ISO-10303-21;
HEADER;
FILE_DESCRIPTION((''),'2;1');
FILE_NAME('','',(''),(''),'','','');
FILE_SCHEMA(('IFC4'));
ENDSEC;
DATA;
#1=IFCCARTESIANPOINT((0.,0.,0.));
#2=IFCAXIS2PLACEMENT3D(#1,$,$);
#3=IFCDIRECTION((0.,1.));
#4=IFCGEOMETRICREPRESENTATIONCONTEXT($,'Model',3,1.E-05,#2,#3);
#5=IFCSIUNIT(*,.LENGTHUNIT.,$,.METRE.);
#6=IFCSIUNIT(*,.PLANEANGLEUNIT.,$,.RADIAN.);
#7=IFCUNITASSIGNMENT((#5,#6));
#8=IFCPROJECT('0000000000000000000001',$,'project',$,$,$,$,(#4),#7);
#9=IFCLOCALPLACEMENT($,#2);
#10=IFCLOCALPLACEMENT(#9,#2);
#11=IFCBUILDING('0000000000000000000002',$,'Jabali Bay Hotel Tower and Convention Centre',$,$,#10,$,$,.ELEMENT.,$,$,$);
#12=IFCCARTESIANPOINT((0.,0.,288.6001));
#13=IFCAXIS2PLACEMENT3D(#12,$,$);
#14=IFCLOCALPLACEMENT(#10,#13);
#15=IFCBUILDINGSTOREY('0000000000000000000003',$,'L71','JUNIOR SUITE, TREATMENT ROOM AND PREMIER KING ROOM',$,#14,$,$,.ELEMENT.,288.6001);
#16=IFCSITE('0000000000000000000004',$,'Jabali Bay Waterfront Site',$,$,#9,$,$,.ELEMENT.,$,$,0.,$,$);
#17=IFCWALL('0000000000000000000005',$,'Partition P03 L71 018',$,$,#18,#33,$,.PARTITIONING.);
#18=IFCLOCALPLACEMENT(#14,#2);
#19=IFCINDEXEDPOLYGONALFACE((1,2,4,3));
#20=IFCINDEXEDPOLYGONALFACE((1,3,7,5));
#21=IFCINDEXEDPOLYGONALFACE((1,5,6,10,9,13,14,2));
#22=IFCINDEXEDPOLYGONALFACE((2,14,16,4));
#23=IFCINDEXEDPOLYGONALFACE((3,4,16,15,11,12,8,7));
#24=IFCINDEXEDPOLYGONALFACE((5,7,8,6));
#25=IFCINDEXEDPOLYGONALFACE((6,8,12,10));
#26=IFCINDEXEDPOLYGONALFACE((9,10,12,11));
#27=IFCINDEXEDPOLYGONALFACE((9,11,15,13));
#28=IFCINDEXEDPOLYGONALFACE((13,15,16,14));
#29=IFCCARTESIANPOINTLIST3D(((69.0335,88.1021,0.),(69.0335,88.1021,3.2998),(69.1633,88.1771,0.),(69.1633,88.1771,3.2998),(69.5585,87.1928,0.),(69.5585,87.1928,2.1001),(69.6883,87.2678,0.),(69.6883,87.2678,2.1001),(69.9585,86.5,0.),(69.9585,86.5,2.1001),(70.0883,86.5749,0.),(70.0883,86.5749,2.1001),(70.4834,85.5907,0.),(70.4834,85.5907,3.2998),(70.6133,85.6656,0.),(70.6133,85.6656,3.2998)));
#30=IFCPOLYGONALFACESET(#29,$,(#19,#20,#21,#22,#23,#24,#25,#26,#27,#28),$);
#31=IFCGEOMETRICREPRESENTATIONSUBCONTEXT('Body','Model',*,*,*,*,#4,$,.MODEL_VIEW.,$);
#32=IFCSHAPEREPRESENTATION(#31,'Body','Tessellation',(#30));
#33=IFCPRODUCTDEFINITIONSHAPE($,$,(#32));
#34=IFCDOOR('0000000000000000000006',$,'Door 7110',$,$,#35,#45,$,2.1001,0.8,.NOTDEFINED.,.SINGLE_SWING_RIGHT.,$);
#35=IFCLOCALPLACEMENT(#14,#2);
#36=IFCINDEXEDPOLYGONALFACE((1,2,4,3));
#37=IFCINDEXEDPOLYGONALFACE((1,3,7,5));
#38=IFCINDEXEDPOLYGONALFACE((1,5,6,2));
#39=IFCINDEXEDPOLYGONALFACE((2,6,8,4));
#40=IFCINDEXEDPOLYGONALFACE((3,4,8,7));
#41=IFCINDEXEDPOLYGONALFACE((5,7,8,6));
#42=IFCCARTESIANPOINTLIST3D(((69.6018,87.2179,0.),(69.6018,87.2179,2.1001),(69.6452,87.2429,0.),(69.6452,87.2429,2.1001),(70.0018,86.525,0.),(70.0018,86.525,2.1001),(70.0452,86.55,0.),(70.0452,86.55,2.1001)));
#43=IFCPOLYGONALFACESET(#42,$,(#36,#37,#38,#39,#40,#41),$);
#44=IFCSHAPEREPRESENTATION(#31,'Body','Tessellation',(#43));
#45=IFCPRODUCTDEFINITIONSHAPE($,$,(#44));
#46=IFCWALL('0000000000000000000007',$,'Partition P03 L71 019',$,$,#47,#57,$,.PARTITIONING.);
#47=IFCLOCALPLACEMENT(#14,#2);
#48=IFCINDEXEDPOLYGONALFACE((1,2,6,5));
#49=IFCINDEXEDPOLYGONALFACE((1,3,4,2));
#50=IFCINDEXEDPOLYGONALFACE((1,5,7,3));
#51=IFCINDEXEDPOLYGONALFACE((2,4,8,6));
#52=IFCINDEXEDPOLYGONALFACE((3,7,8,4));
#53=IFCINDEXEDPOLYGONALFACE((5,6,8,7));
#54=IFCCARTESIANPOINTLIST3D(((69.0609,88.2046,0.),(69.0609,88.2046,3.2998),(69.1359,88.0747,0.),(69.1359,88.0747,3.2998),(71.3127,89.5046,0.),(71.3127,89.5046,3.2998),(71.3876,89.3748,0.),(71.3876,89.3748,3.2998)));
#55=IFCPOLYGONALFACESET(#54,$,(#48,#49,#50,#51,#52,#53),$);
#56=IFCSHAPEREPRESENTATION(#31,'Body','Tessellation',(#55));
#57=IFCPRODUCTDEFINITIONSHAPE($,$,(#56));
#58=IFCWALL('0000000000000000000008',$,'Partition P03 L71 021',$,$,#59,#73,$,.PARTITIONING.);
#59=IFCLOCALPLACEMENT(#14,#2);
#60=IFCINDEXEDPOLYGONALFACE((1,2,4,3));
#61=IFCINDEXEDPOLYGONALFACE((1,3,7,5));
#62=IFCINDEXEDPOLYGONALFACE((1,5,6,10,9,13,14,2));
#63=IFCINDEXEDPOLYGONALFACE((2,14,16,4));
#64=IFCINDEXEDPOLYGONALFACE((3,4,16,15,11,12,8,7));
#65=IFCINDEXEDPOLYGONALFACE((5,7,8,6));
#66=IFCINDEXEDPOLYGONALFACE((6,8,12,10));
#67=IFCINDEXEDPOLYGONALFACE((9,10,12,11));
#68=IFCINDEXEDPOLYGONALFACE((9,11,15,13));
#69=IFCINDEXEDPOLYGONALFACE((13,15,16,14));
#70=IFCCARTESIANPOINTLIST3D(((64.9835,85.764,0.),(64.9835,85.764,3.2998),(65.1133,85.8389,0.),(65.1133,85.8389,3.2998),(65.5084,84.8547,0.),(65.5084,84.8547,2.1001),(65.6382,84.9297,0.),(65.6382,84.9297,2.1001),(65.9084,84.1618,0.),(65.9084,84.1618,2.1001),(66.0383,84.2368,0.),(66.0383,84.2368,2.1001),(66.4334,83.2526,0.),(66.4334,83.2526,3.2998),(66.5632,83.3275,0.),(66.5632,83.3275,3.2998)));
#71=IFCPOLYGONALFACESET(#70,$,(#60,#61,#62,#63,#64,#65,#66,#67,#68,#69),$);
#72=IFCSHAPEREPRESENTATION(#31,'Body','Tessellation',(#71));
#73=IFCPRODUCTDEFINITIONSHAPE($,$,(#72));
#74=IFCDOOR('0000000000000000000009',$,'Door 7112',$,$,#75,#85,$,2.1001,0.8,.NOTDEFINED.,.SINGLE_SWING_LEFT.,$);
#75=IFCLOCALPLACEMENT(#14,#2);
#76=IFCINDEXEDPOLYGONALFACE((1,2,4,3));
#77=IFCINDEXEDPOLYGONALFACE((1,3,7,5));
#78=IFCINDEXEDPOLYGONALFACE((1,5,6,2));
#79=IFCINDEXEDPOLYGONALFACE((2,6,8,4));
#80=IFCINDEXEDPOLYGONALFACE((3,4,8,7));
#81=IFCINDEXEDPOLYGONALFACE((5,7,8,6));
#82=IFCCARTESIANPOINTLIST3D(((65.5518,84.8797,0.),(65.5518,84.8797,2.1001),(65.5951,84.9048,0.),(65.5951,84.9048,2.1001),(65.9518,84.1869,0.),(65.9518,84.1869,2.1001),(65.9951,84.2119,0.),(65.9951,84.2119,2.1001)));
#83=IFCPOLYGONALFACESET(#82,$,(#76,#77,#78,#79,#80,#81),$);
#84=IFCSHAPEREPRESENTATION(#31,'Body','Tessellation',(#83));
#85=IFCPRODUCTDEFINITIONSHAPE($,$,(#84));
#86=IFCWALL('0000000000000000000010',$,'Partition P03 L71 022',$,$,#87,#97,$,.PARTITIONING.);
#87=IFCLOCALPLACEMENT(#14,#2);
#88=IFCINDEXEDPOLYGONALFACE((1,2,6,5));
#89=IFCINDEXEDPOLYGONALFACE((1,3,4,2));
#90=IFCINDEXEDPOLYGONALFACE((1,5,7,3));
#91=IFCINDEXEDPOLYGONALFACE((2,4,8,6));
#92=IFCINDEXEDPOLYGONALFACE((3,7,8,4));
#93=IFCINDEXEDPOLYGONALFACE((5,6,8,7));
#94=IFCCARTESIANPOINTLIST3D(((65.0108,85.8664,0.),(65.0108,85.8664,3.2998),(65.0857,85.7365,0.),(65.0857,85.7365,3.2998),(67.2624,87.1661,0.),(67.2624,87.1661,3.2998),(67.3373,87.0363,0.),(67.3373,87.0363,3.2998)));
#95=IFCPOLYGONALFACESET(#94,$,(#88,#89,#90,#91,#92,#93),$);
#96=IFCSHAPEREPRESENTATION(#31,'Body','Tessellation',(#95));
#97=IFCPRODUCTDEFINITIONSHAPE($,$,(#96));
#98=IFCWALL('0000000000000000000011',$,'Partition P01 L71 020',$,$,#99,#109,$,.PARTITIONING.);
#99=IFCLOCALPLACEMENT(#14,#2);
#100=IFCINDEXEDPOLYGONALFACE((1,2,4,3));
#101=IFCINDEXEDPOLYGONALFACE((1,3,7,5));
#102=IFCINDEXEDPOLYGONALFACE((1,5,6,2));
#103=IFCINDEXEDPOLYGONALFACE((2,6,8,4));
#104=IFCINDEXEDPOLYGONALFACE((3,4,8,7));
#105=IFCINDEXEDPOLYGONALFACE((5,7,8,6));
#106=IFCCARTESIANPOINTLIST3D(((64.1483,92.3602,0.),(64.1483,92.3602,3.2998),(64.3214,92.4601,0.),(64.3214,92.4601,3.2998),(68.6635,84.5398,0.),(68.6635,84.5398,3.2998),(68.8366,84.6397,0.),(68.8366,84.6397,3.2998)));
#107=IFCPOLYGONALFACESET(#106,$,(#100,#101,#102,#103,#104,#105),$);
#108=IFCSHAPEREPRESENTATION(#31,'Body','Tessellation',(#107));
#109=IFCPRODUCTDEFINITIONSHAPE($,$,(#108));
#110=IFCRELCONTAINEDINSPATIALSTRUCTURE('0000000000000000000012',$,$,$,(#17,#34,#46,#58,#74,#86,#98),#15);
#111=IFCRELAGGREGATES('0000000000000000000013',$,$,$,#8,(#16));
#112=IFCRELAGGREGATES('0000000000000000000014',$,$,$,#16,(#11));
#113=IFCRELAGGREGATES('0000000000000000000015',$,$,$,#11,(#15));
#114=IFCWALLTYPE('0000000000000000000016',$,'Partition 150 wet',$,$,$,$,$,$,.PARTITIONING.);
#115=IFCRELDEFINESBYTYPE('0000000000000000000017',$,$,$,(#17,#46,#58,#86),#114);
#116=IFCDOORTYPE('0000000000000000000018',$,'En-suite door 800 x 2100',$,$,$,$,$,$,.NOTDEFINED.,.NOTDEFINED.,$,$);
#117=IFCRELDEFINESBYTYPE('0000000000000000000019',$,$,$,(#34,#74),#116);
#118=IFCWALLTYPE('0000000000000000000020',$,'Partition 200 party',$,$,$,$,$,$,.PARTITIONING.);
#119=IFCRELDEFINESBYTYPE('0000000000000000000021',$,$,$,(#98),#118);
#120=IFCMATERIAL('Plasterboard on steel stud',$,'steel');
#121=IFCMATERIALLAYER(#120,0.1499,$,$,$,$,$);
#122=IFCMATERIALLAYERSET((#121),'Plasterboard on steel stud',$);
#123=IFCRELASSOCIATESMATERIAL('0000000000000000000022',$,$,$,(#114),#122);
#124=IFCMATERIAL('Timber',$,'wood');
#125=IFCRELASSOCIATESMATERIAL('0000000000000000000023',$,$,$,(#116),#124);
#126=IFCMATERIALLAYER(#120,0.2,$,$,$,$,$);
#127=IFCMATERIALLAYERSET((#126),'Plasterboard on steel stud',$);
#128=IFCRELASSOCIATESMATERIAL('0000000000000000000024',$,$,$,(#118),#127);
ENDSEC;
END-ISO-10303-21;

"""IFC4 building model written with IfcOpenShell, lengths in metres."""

from ifc_helpers import new_model, si_unit, direction, frame, frame_2d, origin, place, context, subcontext, project, spatial, rectangle, extrude, material, layer, layer_set, type_object, element, fill, save


model = new_model("IFC4")

# Units and contexts
model_context = context("Model", 3, precision=1e-05, world=origin(), true_north=direction((0.0, 1.0)))
body_context = subcontext(model_context, "Body", "Model", "MODEL_VIEW")
ifc_project = project(units=[si_unit("LENGTHUNIT", "METRE"), si_unit("PLANEANGLEUNIT", "RADIAN")], contexts=[model_context])

# Site, building, storey
site_placement = place(None, origin())
site = spatial("IfcSite", under=ifc_project, at=site_placement, Name="Jabali Bay Waterfront Site", CompositionType="ELEMENT", RefElevation=0.0)
building_placement = place(site_placement, origin())
building = spatial("IfcBuilding", under=site, at=building_placement, Name="Jabali Bay Hotel Tower and Convention Centre", CompositionType="ELEMENT")
storey_placement = place(building_placement, frame((0.0, 0.0, 288.6001)))
storey = spatial("IfcBuildingStorey", under=building, at=storey_placement, Name="L71", Description="JUNIOR SUITE, TREATMENT ROOM AND PREMIER KING ROOM", CompositionType="ELEMENT", Elevation=288.6001)

# Shared definitions
ifc_material_1 = material(Name="Timber", Category="wood")

# Shared definitions
ifc_material_2 = material(Name="Plasterboard on steel stud", Category="steel")

# Shared definitions
ifc_layer_1 = layer(ifc_material_2, 0.1499)
ifc_layer_set_1 = layer_set([ifc_layer_1], Name="Plasterboard on steel stud")
wall_type_1 = type_object("IfcWallType", Name="Partition 150 wet", PredefinedType="PARTITIONING", material=ifc_layer_set_1)
door_type_1 = type_object("IfcDoorType", Name="En-suite door 800 x 2100", OperationType="NOTDEFINED", PredefinedType="NOTDEFINED", material=ifc_material_1)

# Wall, opening, door
wall_1_placement = place(storey_placement, frame((70.5483, 85.6282, 0.0), z_axis=(0.0, 0.0, 1.0), x_axis=(-0.499987, 0.866033, 0.0)))
wall_1 = element("IfcWall", 1, at=wall_1_placement, inside=storey, type_object=wall_type_1, Name="Partition P03 L71 018", PredefinedType="PARTITIONING", context=body_context, shape_type="SweptSolid", body=[
    extrude(rectangle(XDim=2.8999, YDim=0.1499, at=frame_2d((1.45, 0.0))), origin(), (0.0, 0.0, 1.0), 3.2998),
])
opening_1_placement = place(wall_1_placement, frame((1.05, 0.0, 0.0)))
opening_1 = element("IfcOpeningElement", 2, at=opening_1_placement, cuts=wall_1, PredefinedType="OPENING", context=body_context, shape_type="SweptSolid", body=[
    extrude(rectangle(XDim=0.8, YDim=2.1001, at=frame_2d((0.3999, 1.05))), frame((0.0, 0.0854, 0.0), z_axis=(0.0, -1.0, 0.0), x_axis=(1.0, 0.0, 0.0)), (0.0, 0.0, 1.0), 0.1709),
])
door_1_placement = place(opening_1_placement, origin())
door_1 = element("IfcDoor", 3, at=door_1_placement, inside=storey, type_object=door_type_1, Name="Door 7110", OperationType="SINGLE_SWING_RIGHT", OverallHeight=2.1001, OverallWidth=0.8, PredefinedType="NOTDEFINED", context=body_context, shape_type="SweptSolid", body=[
    extrude(rectangle(XDim=0.8, YDim=2.1001, at=frame_2d((0.3999, 1.05))), frame((0.0, 0.0249, 0.0), z_axis=(0.0, -1.0, 0.0), x_axis=(1.0, 0.0, 0.0)), (0.0, 0.0, 1.0), 0.05),
])
fill(opening_1, door_1)

# Wall
wall_2_placement = place(storey_placement, frame((69.0984, 88.1396, 0.0), z_axis=(0.0, 0.0, 1.0), x_axis=(0.866021, 0.500007, 0.0)))
element("IfcWall", 4, at=wall_2_placement, inside=storey, type_object=wall_type_1, Name="Partition P03 L71 019", PredefinedType="PARTITIONING", context=body_context, shape_type="SweptSolid", body=[
    extrude(rectangle(XDim=2.6001, YDim=0.1499, at=frame_2d((1.3, 0.0))), origin(), (0.0, 0.0, 1.0), 3.2998),
])

# Wall, opening, door
wall_3_placement = place(storey_placement, frame((66.4983, 83.29, 0.0), z_axis=(0.0, 0.0, 1.0), x_axis=(-0.499987, 0.866033, 0.0)))
wall_3 = element("IfcWall", 5, at=wall_3_placement, inside=storey, type_object=wall_type_1, Name="Partition P03 L71 021", PredefinedType="PARTITIONING", context=body_context, shape_type="SweptSolid", body=[
    extrude(rectangle(XDim=2.8999, YDim=0.1499, at=frame_2d((1.45, 0.0))), origin(), (0.0, 0.0, 1.0), 3.2998),
])
opening_2_placement = place(wall_3_placement, frame((1.05, 0.0, 0.0)))
opening_2 = element("IfcOpeningElement", 6, at=opening_2_placement, cuts=wall_3, PredefinedType="OPENING", context=body_context, shape_type="SweptSolid", body=[
    extrude(rectangle(XDim=0.8, YDim=2.1001, at=frame_2d((0.3999, 1.05))), frame((0.0, 0.0854, 0.0), z_axis=(0.0, -1.0, 0.0), x_axis=(1.0, 0.0, 0.0)), (0.0, 0.0, 1.0), 0.1709),
])
door_2_placement = place(opening_2_placement, origin())
door_2 = element("IfcDoor", 7, at=door_2_placement, inside=storey, type_object=door_type_1, Name="Door 7112", OperationType="SINGLE_SWING_LEFT", OverallHeight=2.1001, OverallWidth=0.8, PredefinedType="NOTDEFINED", context=body_context, shape_type="SweptSolid", body=[
    extrude(rectangle(XDim=0.8, YDim=2.1001, at=frame_2d((0.3999, 1.05))), frame((0.0, 0.0249, 0.0), z_axis=(0.0, -1.0, 0.0), x_axis=(1.0, 0.0, 0.0)), (0.0, 0.0, 1.0), 0.05),
])
fill(opening_2, door_2)

# Walls
wall_4_placement = place(storey_placement, frame((65.0483, 85.8015, 0.0), z_axis=(0.0, 0.0, 1.0), x_axis=(0.866062, 0.499937, 0.0)))
element("IfcWall", 8, at=wall_4_placement, inside=storey, type_object=wall_type_1, Name="Partition P03 L71 022", PredefinedType="PARTITIONING", context=body_context, shape_type="SweptSolid", body=[
    extrude(rectangle(XDim=2.5999, YDim=0.1499, at=frame_2d((1.2998, 0.0))), origin(), (0.0, 0.0, 1.0), 3.2998),
])
ifc_layer_2 = layer(ifc_material_2, 0.2)
ifc_layer_set_2 = layer_set([ifc_layer_2], Name="Plasterboard on steel stud")
wall_type_2 = type_object("IfcWallType", Name="Partition 200 party", PredefinedType="PARTITIONING", material=ifc_layer_set_2)
wall_5_placement = place(storey_placement, frame((64.2349, 92.4102, 0.0), z_axis=(0.0, 0.0, 1.0), x_axis=(0.500006, -0.866022, 0.0)))
element("IfcWall", 9, at=wall_5_placement, inside=storey, type_object=wall_type_2, Name="Partition P01 L71 020", PredefinedType="PARTITIONING", context=body_context, shape_type="SweptSolid", body=[
    extrude(rectangle(XDim=9.0303, YDim=0.2, at=frame_2d((4.5151, 0.0))), origin(), (0.0, 0.0, 1.0), 3.2998),
])

save(model, "model.ifc")
